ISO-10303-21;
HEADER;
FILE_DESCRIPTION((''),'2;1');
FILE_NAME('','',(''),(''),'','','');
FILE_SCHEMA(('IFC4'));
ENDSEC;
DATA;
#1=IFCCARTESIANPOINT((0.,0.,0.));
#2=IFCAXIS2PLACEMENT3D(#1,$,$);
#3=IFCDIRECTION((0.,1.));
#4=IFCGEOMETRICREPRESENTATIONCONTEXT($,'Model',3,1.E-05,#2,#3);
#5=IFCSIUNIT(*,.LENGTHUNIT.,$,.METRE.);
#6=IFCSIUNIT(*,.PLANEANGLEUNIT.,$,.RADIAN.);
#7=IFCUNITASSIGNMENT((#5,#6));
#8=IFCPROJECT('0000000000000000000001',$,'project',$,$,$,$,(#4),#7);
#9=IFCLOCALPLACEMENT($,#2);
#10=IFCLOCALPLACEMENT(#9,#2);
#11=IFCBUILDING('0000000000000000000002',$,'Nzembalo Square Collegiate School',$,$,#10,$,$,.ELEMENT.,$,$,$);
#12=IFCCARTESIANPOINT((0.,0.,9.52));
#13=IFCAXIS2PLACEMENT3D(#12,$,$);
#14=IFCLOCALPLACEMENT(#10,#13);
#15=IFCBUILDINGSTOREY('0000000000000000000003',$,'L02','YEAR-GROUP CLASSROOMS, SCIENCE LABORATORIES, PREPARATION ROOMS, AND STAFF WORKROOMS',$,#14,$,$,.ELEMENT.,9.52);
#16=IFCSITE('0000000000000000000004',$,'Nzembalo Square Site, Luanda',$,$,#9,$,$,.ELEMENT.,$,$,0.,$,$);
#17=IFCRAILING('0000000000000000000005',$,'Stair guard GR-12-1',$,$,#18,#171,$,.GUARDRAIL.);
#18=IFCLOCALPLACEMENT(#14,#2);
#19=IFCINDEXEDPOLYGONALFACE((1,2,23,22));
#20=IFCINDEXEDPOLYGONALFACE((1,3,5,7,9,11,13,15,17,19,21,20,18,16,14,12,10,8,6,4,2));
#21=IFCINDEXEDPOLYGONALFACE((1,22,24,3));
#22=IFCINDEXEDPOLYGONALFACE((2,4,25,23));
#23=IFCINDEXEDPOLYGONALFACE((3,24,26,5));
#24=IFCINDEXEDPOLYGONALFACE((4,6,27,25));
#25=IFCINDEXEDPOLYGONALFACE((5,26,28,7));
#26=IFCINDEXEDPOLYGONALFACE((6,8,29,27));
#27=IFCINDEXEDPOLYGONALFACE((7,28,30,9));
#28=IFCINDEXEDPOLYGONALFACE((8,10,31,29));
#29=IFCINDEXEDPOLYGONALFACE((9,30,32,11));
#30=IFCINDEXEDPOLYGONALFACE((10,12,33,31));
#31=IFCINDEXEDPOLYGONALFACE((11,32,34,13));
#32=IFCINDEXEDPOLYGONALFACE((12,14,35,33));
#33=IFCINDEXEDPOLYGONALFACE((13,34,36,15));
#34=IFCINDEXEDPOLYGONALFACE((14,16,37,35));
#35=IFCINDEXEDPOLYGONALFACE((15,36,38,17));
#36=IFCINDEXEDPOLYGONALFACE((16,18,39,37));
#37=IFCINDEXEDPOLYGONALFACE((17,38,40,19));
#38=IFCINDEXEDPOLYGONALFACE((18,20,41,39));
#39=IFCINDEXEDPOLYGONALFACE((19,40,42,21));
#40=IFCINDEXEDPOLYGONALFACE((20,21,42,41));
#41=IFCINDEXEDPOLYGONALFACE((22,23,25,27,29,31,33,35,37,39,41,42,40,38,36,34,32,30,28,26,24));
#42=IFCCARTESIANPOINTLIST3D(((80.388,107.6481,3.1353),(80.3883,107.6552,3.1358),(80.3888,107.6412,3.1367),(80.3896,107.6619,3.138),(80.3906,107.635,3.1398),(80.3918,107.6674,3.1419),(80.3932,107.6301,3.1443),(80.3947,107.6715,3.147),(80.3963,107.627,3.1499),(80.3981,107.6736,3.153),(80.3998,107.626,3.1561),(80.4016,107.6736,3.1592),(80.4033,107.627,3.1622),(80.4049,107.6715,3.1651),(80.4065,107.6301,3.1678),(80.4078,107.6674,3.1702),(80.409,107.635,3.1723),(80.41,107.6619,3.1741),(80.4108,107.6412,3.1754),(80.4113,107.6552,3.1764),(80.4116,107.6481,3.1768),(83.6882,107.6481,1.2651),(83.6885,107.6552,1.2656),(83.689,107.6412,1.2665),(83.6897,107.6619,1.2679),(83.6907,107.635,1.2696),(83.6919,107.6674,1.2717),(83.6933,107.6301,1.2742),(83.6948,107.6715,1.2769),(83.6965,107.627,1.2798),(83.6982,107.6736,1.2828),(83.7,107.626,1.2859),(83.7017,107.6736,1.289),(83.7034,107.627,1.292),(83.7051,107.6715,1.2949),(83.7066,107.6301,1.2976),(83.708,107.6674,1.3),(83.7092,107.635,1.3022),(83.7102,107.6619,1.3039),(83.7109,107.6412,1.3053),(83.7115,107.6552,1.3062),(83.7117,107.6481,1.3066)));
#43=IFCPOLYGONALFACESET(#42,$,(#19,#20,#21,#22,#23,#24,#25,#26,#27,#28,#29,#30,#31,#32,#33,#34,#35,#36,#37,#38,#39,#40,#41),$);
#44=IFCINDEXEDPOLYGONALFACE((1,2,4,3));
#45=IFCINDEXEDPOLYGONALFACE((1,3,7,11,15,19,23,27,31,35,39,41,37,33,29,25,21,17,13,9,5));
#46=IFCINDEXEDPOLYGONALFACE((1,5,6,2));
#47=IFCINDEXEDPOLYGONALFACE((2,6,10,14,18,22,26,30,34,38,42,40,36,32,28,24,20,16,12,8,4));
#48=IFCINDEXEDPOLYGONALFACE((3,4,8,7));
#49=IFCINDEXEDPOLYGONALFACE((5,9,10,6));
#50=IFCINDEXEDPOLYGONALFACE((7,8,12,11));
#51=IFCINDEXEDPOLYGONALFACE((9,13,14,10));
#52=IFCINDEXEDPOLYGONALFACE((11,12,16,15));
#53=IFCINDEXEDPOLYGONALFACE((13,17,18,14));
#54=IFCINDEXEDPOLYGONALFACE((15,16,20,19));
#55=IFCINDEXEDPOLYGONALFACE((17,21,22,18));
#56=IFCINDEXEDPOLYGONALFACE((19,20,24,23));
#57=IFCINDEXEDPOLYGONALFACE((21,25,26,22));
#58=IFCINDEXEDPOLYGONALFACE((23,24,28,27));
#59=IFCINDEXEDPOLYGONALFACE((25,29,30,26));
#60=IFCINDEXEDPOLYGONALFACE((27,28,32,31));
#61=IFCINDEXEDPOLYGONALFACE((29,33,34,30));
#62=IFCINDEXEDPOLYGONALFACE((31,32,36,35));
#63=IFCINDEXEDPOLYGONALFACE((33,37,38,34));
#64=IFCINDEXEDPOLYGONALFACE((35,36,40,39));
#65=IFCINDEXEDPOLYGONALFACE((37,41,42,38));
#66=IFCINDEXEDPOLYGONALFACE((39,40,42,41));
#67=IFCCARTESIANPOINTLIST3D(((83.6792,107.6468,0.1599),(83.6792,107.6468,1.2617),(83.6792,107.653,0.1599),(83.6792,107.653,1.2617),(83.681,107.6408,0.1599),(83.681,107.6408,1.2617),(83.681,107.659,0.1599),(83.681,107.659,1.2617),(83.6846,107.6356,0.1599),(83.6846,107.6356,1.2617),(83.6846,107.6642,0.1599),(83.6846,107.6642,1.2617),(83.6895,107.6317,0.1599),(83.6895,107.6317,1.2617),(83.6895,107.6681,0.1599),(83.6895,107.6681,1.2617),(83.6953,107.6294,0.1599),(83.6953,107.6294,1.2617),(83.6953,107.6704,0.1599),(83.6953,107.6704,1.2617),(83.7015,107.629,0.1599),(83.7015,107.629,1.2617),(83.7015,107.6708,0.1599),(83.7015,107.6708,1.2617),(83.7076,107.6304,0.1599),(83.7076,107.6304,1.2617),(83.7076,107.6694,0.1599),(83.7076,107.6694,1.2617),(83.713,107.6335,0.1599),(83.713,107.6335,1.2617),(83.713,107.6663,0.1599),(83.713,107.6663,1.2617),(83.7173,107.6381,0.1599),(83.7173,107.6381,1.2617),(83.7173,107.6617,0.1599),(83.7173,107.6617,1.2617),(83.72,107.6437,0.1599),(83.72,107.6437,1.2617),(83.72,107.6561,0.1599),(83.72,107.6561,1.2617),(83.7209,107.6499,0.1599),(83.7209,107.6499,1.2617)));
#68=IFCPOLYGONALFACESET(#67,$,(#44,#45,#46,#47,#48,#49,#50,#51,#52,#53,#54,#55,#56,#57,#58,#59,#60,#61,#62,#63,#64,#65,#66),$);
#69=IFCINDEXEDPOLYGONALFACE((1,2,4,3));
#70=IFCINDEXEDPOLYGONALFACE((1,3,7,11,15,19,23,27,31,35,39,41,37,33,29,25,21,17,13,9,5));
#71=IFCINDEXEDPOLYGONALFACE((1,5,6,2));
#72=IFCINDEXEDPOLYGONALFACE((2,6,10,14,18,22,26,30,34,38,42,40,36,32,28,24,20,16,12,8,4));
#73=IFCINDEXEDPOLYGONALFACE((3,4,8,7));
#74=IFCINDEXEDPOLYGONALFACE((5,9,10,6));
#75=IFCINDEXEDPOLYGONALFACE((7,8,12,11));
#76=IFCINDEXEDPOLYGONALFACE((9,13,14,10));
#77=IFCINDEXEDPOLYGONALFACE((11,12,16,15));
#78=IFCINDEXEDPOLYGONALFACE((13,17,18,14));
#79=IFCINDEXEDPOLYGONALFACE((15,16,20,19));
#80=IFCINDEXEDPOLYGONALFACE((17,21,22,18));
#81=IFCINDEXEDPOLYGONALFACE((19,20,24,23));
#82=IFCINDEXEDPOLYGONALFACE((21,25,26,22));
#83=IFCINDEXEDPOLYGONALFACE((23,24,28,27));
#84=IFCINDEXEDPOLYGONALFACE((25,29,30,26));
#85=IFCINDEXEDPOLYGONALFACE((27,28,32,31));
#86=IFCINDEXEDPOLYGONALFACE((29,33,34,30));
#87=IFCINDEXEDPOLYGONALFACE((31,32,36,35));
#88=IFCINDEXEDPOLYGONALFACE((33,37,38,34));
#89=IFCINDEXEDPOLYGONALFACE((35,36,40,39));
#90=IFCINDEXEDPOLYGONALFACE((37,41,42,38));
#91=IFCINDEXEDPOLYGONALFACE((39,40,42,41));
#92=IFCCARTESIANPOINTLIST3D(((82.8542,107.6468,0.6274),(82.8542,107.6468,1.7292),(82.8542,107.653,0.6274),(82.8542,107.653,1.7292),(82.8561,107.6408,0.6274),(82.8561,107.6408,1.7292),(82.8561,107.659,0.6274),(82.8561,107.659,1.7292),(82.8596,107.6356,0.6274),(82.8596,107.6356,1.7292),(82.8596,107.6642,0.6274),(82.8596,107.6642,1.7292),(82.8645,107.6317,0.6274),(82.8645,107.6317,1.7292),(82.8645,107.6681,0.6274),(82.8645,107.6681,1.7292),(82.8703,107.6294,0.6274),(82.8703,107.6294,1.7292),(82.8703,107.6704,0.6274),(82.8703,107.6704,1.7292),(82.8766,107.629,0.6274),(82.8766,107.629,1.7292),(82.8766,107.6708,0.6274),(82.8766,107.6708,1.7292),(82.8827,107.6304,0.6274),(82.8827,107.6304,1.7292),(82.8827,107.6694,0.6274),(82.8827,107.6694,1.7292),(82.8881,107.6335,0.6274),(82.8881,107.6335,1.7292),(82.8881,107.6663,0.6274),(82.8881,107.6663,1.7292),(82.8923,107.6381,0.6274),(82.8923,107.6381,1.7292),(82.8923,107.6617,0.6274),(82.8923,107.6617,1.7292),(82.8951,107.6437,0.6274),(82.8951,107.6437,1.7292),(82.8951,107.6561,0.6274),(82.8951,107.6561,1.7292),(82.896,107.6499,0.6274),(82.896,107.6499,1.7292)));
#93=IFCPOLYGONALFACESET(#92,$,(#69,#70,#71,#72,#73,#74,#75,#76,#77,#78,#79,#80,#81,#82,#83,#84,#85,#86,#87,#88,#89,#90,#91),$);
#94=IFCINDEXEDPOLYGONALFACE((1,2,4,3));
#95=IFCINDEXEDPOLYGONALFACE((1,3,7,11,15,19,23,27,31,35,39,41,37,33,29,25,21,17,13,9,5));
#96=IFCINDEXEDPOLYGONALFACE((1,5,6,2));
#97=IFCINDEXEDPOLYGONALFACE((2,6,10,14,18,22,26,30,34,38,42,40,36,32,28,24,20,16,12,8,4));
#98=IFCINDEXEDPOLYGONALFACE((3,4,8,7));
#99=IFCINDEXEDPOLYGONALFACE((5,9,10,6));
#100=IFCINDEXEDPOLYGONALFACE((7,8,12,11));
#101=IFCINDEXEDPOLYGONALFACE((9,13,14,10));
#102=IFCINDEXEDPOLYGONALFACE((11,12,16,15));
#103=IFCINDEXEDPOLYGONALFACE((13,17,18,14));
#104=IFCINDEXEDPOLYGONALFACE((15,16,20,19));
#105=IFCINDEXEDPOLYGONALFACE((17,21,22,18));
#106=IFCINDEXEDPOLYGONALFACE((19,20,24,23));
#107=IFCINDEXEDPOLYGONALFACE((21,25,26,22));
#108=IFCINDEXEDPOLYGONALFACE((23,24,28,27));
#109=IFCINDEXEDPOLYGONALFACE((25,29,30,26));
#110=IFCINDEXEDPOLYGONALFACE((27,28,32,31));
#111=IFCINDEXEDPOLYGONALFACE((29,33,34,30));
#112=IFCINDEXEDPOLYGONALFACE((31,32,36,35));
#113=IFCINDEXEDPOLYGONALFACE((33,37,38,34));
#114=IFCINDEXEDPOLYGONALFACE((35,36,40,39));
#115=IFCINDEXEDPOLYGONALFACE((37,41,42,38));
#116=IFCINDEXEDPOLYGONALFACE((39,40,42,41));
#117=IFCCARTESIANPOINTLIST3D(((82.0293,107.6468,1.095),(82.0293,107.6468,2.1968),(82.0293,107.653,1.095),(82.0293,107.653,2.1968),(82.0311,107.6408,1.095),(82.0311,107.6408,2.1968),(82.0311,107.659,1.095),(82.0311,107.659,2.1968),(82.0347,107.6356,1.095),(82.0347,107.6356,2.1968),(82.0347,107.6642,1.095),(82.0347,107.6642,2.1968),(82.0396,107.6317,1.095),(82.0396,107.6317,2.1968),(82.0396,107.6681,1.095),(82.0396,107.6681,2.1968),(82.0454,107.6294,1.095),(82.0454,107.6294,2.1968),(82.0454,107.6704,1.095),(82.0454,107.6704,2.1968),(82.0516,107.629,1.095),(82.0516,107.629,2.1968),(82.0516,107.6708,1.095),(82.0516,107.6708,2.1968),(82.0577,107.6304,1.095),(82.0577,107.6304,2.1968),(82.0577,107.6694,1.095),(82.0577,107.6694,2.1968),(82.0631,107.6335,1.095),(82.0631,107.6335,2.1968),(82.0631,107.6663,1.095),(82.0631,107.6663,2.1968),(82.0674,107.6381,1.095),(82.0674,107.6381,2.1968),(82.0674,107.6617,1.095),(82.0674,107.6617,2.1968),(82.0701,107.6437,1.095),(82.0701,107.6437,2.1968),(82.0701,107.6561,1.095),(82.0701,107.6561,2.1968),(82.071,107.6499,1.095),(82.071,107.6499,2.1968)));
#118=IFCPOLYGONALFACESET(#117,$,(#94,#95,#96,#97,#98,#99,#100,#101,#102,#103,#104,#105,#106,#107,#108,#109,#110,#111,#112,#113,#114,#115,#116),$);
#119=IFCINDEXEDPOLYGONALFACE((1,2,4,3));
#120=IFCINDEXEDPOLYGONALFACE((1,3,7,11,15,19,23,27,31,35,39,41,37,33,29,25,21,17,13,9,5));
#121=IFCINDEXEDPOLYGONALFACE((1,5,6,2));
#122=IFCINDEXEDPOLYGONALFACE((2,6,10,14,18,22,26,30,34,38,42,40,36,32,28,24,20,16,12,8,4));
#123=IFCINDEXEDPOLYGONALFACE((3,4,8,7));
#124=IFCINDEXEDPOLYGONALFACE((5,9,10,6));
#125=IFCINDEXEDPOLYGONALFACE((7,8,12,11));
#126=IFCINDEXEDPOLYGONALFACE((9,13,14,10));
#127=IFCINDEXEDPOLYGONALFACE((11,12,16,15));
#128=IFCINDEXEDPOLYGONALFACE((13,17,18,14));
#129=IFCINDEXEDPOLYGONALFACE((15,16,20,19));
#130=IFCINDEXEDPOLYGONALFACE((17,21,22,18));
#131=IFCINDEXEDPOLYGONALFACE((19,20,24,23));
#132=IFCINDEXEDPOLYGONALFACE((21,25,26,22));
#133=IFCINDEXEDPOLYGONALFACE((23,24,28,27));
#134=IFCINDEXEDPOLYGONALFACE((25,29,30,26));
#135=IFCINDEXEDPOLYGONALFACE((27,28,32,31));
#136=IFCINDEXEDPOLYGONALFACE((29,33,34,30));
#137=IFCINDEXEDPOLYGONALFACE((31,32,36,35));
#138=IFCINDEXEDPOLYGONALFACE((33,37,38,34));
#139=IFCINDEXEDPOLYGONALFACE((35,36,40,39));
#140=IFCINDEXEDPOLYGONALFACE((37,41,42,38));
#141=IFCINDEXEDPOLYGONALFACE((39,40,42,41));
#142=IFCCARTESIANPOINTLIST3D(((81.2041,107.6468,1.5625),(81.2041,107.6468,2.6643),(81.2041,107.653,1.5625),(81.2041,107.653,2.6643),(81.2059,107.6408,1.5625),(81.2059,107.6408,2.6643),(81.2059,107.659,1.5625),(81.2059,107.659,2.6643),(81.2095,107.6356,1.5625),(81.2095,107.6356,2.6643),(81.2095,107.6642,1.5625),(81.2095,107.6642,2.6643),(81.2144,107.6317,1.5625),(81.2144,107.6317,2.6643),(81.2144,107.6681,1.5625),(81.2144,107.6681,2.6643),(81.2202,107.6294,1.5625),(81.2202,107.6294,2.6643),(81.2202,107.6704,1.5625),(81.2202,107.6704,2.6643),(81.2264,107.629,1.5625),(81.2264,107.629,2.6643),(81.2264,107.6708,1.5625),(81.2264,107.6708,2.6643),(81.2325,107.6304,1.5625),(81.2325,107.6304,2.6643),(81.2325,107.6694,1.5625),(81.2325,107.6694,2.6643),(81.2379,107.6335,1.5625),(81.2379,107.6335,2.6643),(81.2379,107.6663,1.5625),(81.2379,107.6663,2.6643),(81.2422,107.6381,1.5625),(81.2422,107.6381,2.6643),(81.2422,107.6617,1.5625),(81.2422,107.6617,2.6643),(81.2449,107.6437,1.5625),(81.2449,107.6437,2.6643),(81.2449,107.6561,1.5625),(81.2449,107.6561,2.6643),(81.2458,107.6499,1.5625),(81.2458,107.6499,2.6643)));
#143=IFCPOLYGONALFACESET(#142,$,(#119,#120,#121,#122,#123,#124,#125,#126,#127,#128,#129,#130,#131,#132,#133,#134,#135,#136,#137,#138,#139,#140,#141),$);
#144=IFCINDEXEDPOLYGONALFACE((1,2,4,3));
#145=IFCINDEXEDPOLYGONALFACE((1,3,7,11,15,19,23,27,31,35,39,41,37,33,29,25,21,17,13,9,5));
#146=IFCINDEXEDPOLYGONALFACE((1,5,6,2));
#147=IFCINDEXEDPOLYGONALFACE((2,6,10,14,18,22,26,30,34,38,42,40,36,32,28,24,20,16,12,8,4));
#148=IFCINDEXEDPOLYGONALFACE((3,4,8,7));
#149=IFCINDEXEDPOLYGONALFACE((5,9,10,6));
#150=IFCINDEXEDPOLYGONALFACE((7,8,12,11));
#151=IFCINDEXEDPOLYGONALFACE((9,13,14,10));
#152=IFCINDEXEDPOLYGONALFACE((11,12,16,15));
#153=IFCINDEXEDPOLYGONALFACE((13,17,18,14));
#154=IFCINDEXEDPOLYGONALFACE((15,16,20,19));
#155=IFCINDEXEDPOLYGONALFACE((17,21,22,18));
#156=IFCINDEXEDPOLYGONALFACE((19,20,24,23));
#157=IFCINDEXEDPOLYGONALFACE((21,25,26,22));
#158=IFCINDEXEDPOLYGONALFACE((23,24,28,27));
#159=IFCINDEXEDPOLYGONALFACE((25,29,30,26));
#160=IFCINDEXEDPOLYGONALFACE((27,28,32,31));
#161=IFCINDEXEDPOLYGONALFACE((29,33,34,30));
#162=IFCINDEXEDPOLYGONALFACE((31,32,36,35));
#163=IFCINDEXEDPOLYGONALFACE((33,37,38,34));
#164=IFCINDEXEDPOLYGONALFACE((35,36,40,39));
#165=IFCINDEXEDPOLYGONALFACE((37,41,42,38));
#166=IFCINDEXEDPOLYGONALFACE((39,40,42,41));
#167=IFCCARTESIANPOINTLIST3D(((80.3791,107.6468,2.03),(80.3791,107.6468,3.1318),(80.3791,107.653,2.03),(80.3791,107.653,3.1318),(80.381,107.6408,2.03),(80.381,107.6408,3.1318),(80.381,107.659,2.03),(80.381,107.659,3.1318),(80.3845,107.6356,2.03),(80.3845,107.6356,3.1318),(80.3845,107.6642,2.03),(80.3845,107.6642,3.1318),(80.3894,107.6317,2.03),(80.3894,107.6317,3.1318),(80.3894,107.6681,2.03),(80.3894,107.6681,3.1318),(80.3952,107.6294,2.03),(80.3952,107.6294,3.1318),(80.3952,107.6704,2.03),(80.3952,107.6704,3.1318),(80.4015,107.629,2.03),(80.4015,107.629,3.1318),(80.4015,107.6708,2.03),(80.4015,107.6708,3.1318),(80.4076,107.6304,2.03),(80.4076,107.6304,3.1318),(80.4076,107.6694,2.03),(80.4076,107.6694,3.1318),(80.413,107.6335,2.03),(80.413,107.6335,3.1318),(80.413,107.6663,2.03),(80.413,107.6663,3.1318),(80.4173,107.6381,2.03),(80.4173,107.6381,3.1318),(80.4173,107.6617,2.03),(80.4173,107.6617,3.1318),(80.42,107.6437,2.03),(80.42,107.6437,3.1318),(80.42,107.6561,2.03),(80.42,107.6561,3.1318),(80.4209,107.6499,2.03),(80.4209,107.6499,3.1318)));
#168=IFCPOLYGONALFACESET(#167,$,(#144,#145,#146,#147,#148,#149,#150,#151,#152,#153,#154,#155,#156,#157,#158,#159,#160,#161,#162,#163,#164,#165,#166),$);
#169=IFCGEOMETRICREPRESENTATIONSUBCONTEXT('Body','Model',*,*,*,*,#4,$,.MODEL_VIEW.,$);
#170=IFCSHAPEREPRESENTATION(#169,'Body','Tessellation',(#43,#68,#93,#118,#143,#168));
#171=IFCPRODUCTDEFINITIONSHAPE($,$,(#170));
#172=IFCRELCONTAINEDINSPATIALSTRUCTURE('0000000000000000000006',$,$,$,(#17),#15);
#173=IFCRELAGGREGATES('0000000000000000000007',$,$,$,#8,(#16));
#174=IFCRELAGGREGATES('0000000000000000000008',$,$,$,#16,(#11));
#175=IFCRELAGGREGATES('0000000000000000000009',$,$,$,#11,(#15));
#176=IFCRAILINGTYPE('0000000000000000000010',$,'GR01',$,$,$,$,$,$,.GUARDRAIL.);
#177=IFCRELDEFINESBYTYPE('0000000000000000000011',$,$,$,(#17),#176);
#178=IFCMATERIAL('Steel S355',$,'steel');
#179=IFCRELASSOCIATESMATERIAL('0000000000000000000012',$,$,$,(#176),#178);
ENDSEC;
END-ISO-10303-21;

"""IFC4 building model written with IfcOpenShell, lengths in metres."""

from ifc_helpers import new_model, si_unit, direction, frame, origin, origin_2d, place, context, subcontext, project, spatial, circle, extrude, material, type_object, element, save


model = new_model("IFC4")

# Units and contexts
model_context = context("Model", 3, precision=1e-05, world=origin(), true_north=direction((0.0, 1.0)))
body_context = subcontext(model_context, "Body", "Model", "MODEL_VIEW")
ifc_project = project(units=[si_unit("LENGTHUNIT", "METRE"), si_unit("PLANEANGLEUNIT", "RADIAN")], contexts=[model_context])

# Site, building, storey
site_placement = place(None, origin())
site = spatial("IfcSite", under=ifc_project, at=site_placement, Name="Nzembalo Square Site, Luanda", CompositionType="ELEMENT", RefElevation=0.0)
building_placement = place(site_placement, origin())
building = spatial("IfcBuilding", under=site, at=building_placement, Name="Nzembalo Square Collegiate School", CompositionType="ELEMENT")
storey_placement = place(building_placement, frame((0.0, 0.0, 9.52)))
storey = spatial("IfcBuildingStorey", under=building, at=storey_placement, Name="L02", Description="YEAR-GROUP CLASSROOMS, SCIENCE LABORATORIES, PREPARATION ROOMS, AND STAFF WORKROOMS", CompositionType="ELEMENT", Elevation=9.52)

# Railing
ifc_material_1 = material(Name="Steel S355", Category="steel")
railing_type_1 = type_object("IfcRailingType", Name="GR01", PredefinedType="GUARDRAIL", material=ifc_material_1)
railing_1_placement = place(storey_placement, frame((83.7, 107.6499, 0.1599)))
element("IfcRailing", 1, at=railing_1_placement, inside=storey, type_object=railing_type_1, Name="Stair guard GR-12-1", PredefinedType="GUARDRAIL", context=body_context, shape_type="SweptSolid", body=[
    extrude(circle(Radius=0.0239, at=origin_2d()), frame((0.0, 0.0, 1.126), z_axis=(-0.870012, 0.0, 0.49303), x_axis=(0.0, -1.0, 0.0)), (0.0, 0.0, 1.0), 3.7932),
    extrude(circle(Radius=0.021, at=origin_2d()), origin(), (0.0, 0.0, 1.0), 1.1018),
    extrude(circle(Radius=0.021, at=origin_2d()), frame((-0.825, 0.0, 0.4675)), (0.0, 0.0, 1.0), 1.1018),
    extrude(circle(Radius=0.021, at=origin_2d()), frame((-1.6499, 0.0, 0.9351)), (0.0, 0.0, 1.0), 1.1018),
    extrude(circle(Radius=0.021, at=origin_2d()), frame((-2.4751, 0.0, 1.4026)), (0.0, 0.0, 1.0), 1.1018),
    extrude(circle(Radius=0.021, at=origin_2d()), frame((-3.3, 0.0, 1.8701)), (0.0, 0.0, 1.0), 1.1018),
])

save(model, "model.ifc")
